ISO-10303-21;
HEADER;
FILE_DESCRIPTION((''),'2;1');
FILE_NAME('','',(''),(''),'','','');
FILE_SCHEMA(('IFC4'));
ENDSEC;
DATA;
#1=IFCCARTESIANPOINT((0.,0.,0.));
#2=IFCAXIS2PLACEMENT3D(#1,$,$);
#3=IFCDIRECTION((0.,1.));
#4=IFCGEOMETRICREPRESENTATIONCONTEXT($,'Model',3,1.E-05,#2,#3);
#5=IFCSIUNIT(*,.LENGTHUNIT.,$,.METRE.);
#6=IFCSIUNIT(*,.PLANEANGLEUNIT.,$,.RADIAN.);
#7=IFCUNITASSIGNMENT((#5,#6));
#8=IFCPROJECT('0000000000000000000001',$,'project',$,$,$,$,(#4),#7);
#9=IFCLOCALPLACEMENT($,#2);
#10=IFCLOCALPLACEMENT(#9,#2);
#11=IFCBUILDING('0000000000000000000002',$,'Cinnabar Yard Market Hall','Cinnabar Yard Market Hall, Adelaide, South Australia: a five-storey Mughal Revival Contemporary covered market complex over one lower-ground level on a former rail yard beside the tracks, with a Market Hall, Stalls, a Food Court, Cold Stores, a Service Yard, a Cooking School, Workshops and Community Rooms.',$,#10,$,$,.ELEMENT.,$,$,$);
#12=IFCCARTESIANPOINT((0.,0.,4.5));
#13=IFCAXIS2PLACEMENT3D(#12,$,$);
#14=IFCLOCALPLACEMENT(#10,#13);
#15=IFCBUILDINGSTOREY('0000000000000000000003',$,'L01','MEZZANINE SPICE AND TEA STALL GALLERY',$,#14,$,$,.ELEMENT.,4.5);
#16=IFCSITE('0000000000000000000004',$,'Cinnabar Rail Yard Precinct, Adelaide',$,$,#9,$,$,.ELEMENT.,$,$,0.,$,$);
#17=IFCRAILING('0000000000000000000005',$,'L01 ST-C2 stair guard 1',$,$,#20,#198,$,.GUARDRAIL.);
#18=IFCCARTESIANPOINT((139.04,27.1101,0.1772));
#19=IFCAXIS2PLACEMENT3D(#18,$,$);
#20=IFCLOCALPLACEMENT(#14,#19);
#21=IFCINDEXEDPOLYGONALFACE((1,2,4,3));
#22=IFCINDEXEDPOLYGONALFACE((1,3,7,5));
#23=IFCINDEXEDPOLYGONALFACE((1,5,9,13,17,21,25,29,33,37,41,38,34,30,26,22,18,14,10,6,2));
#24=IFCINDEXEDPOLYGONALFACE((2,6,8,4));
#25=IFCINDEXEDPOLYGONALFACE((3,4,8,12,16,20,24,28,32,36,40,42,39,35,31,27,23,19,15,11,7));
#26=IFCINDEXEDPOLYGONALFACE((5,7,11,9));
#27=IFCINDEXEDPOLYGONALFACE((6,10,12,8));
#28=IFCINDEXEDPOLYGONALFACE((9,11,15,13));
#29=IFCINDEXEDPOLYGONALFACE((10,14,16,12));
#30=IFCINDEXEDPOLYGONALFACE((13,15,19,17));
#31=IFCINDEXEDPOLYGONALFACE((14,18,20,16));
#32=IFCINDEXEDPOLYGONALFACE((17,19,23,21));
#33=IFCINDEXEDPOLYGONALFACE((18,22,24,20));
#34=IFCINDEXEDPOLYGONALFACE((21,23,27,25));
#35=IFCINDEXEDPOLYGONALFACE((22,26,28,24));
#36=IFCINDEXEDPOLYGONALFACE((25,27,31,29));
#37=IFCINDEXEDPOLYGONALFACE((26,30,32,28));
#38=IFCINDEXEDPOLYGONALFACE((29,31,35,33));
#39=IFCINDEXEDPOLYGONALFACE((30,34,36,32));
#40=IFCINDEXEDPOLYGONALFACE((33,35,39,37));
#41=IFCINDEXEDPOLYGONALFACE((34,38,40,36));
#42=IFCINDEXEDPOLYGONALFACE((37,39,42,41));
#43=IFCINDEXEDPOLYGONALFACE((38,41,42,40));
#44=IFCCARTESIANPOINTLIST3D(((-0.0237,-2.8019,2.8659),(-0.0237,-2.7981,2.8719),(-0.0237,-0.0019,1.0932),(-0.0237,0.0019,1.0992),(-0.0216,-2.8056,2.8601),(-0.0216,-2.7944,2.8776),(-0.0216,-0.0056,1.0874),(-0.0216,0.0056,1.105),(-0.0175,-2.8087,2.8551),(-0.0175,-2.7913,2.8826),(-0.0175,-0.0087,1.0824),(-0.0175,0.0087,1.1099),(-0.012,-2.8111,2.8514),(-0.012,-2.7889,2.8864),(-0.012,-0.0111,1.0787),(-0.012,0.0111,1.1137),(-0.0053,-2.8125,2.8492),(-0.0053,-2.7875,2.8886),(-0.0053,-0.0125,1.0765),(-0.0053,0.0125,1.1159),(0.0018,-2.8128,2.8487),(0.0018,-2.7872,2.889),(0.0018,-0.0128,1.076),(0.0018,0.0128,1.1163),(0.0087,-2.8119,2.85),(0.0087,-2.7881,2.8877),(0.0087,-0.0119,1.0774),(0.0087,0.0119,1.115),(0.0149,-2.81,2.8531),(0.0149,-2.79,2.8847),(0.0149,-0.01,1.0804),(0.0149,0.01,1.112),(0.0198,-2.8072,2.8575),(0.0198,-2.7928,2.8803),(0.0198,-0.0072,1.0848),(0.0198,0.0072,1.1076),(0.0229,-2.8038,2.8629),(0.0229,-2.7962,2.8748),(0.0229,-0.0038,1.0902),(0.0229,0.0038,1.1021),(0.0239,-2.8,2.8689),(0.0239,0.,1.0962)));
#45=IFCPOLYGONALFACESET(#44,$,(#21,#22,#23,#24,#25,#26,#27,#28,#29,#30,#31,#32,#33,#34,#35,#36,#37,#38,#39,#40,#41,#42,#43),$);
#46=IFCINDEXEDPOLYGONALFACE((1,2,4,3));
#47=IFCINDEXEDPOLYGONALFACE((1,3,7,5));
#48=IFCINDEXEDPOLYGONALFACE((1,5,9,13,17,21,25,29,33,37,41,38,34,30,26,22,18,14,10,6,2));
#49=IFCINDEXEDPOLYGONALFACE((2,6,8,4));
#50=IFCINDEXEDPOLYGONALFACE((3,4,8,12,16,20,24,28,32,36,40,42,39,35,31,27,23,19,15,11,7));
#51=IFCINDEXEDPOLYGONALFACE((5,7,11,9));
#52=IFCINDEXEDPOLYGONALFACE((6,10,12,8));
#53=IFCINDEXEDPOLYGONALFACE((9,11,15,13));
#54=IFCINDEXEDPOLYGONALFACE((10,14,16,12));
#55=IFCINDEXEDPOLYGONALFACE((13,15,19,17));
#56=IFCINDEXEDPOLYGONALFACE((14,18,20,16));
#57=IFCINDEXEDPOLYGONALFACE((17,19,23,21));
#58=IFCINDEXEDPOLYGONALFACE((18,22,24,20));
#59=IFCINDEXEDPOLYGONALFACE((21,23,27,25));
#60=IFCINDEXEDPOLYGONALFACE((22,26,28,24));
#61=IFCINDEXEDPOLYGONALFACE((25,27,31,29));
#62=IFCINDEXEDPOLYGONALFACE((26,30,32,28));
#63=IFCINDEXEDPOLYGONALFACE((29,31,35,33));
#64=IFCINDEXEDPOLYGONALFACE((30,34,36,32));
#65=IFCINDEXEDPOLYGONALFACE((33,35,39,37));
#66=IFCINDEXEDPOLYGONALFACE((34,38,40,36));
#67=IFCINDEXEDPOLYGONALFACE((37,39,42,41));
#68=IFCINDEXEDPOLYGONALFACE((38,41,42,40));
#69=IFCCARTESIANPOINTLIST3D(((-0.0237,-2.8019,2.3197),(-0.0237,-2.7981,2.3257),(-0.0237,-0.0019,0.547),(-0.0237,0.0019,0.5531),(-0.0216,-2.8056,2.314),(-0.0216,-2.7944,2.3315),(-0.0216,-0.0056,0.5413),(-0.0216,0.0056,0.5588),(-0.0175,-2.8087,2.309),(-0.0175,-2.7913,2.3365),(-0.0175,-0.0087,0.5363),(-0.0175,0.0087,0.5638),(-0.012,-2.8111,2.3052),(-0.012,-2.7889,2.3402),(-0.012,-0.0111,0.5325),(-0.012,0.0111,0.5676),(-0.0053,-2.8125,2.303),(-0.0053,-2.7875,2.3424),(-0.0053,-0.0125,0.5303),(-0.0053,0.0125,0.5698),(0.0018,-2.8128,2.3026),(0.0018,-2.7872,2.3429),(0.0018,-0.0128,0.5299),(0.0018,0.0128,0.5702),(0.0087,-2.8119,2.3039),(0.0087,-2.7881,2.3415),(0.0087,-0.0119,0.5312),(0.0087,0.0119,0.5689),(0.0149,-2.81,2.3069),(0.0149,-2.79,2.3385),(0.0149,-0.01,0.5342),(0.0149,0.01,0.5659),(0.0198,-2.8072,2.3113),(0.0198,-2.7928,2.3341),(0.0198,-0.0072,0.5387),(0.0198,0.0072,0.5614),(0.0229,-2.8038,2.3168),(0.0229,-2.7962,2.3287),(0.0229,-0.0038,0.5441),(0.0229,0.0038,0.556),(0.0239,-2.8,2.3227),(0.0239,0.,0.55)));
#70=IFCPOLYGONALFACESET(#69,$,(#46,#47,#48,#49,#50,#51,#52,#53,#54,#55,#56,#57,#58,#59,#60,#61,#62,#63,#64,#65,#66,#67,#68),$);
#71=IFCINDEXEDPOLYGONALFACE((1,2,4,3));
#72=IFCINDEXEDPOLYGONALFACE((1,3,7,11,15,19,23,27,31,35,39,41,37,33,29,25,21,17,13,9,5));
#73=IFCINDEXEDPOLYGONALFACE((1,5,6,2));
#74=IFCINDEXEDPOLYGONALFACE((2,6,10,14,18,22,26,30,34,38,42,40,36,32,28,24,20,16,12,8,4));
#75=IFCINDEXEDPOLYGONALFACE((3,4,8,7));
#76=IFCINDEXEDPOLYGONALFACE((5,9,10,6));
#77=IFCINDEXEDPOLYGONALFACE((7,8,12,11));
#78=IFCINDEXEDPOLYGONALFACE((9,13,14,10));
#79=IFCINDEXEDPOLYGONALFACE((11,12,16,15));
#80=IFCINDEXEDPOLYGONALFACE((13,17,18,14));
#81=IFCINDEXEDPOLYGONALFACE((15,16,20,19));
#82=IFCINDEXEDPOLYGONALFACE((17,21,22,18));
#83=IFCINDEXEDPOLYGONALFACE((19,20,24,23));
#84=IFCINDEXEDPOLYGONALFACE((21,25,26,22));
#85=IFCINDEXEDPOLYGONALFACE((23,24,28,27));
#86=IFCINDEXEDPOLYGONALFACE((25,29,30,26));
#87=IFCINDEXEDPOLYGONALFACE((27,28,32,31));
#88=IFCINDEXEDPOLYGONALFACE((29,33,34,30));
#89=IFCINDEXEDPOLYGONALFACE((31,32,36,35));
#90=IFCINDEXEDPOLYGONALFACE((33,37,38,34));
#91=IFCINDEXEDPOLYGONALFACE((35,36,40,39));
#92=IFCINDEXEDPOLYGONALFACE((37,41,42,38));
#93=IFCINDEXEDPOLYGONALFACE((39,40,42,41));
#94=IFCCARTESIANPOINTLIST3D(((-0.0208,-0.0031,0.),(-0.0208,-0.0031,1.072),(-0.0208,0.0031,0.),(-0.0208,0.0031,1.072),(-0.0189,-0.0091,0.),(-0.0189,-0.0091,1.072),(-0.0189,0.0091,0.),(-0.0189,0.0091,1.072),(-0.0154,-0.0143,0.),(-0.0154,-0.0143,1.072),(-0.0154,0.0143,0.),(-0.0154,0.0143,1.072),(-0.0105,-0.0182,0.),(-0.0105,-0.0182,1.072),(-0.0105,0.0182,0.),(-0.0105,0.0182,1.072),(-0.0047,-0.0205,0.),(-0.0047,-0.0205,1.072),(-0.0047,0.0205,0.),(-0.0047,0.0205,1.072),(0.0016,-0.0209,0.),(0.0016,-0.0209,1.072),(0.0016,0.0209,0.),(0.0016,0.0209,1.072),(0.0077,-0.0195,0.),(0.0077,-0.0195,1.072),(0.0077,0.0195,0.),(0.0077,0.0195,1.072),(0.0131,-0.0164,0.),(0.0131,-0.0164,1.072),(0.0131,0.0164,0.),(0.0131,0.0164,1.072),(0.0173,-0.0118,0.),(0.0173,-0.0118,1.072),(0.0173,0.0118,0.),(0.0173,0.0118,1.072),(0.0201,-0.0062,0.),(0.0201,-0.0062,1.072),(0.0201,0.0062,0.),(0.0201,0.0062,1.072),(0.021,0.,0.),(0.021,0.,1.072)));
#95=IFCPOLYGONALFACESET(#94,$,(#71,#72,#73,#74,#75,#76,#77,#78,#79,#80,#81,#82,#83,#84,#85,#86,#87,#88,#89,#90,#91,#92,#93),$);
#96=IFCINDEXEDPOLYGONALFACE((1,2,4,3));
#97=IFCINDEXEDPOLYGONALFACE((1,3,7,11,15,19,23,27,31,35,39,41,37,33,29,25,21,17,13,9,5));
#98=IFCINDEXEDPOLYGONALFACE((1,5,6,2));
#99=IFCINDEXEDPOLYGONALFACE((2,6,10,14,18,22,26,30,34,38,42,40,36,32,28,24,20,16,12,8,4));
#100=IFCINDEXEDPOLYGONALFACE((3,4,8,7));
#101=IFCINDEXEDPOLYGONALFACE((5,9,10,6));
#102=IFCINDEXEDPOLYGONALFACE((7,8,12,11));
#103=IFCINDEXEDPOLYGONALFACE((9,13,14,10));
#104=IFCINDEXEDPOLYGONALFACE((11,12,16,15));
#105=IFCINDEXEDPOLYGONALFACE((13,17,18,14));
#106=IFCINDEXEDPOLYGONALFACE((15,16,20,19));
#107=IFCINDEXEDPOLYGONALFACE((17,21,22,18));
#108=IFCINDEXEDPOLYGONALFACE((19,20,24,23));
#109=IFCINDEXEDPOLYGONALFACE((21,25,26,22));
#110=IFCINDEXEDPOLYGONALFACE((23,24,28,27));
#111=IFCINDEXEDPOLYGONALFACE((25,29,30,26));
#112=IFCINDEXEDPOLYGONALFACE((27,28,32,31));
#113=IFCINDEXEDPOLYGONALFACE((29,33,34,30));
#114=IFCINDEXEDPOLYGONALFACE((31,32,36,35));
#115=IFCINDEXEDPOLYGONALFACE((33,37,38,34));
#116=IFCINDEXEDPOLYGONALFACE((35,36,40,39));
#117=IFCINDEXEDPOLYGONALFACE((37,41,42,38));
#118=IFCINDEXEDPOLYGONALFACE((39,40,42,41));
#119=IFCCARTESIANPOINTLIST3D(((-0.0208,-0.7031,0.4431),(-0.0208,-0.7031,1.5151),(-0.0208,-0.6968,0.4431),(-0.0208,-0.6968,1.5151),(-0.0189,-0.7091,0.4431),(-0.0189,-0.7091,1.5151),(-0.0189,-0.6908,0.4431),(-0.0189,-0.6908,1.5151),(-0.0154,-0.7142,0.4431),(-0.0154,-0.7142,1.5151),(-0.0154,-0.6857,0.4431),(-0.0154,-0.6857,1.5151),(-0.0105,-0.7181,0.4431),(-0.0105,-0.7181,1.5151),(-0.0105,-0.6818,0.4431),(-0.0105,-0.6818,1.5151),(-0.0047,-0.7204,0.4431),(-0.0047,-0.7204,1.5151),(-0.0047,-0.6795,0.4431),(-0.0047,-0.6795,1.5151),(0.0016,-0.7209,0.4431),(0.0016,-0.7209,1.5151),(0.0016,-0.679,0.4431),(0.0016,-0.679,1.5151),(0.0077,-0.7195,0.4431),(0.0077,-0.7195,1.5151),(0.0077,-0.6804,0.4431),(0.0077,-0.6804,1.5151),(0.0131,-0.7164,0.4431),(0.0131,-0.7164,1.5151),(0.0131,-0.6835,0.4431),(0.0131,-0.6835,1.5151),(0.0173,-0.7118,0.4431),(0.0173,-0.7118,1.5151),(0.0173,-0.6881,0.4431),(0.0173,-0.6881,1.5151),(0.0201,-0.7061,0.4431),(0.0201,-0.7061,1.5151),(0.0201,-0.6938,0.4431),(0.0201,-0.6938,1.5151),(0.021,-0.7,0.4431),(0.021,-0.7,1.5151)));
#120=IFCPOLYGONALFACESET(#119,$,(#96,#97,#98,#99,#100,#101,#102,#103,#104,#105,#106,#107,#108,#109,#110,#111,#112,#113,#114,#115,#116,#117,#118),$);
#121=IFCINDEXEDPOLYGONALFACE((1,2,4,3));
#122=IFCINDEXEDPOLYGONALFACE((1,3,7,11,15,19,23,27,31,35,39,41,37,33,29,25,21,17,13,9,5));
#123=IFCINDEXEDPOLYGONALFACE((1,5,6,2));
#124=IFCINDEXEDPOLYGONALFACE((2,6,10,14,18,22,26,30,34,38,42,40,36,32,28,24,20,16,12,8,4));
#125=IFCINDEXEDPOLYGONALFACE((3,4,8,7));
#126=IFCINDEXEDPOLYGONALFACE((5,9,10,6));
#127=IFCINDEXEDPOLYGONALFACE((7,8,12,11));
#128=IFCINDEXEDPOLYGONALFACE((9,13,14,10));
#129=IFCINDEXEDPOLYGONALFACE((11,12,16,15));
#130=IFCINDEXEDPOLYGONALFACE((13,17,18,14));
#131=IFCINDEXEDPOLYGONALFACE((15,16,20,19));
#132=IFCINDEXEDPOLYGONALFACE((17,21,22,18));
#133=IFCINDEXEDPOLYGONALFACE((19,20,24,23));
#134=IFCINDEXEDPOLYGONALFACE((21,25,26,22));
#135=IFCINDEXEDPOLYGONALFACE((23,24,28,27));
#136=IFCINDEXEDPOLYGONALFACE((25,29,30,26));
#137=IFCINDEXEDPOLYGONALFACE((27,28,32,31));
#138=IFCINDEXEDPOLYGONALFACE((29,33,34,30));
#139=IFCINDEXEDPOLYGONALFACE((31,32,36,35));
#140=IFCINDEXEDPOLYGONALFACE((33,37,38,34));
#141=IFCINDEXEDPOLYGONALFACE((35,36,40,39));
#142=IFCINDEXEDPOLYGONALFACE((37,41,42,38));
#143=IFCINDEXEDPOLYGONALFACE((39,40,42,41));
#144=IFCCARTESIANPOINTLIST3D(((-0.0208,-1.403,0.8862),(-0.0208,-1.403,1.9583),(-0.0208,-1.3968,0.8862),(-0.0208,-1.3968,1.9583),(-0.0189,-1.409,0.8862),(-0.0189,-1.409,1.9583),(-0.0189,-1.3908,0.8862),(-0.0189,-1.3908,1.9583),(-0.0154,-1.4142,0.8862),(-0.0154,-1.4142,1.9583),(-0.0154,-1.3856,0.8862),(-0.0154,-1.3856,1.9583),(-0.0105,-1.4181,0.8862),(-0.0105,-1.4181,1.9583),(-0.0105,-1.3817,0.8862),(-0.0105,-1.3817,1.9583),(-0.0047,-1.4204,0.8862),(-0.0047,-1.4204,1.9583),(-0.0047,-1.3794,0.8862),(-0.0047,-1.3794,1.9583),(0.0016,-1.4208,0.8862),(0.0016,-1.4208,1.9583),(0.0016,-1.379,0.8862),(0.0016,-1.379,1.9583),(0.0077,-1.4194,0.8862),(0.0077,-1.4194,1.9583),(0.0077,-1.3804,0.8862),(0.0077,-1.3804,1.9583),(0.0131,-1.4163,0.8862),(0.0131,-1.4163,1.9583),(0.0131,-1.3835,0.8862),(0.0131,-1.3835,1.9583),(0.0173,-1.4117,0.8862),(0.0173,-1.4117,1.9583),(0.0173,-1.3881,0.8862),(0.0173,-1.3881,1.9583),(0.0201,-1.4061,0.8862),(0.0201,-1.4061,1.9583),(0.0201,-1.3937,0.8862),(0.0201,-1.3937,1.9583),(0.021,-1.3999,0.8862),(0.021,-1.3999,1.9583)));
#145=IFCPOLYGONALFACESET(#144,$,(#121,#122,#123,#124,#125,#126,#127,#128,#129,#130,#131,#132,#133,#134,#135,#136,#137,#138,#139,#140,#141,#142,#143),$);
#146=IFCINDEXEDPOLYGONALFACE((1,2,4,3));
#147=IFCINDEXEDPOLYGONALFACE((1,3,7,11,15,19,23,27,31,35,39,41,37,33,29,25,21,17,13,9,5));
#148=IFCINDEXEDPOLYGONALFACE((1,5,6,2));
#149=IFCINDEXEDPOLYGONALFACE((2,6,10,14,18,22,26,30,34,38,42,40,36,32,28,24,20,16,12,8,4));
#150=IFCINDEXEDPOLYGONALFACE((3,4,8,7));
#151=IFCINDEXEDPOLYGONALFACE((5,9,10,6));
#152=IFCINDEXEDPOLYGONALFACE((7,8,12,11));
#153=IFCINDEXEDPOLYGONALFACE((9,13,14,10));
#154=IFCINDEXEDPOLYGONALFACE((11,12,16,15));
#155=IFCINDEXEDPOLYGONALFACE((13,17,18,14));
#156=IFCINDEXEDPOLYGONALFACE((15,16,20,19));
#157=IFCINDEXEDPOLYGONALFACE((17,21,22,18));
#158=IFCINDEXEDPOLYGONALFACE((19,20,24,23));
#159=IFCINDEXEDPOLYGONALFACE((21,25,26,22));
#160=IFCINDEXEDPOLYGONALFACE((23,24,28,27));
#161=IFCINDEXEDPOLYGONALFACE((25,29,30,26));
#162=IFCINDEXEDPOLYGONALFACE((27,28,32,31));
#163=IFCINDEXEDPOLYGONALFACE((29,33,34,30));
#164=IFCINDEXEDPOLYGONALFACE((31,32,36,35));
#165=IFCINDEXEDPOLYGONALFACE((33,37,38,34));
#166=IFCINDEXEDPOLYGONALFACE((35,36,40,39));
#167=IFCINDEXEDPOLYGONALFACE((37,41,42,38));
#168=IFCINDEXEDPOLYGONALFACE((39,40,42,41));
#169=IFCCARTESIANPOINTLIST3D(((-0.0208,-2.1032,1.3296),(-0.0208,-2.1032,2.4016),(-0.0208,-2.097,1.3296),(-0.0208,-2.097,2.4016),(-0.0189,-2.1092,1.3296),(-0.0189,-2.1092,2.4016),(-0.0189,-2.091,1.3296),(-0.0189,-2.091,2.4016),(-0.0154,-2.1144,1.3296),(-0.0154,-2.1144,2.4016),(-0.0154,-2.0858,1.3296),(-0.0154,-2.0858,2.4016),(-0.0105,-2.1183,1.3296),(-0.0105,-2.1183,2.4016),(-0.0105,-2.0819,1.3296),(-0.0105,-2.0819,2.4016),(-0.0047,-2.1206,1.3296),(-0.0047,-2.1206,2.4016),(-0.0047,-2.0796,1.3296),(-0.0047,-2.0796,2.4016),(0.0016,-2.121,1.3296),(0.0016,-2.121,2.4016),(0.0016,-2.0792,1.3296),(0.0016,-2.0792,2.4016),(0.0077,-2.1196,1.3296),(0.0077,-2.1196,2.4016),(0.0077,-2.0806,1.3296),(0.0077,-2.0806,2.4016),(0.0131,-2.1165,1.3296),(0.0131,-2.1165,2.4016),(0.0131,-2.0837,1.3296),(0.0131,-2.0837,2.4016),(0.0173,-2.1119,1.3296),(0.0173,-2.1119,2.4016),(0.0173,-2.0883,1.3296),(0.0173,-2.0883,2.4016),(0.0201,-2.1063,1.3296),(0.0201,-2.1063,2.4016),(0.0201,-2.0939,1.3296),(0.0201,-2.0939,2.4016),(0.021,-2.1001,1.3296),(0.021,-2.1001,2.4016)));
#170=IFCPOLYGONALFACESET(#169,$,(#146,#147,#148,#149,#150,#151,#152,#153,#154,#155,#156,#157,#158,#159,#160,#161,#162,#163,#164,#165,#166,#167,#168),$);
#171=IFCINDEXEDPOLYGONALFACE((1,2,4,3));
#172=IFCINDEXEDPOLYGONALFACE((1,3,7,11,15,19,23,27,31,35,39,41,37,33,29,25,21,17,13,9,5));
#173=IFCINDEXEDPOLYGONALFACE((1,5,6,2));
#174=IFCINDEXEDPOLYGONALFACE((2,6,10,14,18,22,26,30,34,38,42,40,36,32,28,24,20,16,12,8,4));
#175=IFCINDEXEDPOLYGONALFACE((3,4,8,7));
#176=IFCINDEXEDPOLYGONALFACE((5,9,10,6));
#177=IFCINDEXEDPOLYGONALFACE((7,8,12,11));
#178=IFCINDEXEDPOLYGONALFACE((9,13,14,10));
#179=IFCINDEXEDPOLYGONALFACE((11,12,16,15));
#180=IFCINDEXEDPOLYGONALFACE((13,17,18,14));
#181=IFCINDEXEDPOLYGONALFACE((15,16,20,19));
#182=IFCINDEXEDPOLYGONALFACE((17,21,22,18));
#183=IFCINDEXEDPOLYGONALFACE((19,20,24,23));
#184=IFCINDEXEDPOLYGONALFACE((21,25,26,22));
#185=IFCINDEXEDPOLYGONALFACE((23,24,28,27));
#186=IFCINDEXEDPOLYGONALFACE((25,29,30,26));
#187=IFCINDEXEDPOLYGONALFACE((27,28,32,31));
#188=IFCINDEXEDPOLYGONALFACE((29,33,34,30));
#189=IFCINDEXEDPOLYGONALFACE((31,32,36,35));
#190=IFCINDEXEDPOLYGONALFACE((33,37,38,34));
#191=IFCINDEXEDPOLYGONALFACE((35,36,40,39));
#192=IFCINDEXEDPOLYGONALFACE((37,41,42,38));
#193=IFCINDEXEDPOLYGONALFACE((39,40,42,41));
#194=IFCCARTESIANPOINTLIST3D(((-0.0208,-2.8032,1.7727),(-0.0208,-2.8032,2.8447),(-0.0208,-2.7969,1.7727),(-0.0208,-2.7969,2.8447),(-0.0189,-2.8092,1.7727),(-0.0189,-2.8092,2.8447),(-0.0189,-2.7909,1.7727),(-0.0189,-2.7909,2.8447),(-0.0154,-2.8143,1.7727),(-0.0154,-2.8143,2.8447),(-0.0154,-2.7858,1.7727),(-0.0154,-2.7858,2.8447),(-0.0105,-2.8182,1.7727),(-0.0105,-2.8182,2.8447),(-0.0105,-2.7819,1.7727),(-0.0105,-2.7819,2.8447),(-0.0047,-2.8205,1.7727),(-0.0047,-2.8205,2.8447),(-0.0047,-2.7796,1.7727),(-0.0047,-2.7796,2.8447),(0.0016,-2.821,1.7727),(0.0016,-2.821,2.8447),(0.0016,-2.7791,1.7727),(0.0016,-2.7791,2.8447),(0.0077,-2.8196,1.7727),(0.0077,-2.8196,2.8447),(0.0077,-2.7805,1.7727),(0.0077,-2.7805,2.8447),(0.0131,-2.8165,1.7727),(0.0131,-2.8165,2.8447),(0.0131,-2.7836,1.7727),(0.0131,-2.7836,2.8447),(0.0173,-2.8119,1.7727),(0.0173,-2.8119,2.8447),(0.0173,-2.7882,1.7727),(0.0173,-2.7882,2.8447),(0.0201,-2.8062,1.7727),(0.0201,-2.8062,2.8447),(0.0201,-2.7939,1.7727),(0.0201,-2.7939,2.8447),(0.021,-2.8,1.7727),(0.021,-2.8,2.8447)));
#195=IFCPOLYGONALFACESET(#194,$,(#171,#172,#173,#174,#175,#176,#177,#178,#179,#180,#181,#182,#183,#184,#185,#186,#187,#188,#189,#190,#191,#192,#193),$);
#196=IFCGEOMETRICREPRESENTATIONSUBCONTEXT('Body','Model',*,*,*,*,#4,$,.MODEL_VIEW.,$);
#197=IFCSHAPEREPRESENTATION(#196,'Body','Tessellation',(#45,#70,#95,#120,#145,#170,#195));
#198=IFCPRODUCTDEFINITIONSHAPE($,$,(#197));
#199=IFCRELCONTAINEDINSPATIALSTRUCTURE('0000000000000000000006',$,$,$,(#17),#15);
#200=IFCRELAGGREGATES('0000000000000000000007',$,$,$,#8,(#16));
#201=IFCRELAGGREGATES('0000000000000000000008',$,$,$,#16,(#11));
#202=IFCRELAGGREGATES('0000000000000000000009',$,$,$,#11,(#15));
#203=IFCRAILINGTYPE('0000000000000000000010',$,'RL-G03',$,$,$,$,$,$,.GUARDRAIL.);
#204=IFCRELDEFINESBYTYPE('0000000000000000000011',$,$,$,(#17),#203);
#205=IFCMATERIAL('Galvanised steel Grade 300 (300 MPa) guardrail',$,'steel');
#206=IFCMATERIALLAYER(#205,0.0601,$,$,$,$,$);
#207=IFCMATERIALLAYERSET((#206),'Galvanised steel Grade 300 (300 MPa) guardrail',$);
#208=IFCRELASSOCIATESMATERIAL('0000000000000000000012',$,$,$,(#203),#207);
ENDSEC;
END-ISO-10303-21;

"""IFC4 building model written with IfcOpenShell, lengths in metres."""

from ifc_helpers import new_model, si_unit, direction, frame, origin, origin_2d_with_axis, place, context, subcontext, project, spatial, circle, extrude, material, layer, layer_set, type_object, element, save


model = new_model("IFC4")

# Units and contexts
model_context = context("Model", 3, precision=1e-05, world=origin(), true_north=direction((0.0, 1.0)))
body_context = subcontext(model_context, "Body", "Model", "MODEL_VIEW")
ifc_project = project(units=[si_unit("LENGTHUNIT", "METRE"), si_unit("PLANEANGLEUNIT", "RADIAN")], contexts=[model_context])

# Site, building, storey
site_placement = place(None, origin())
site = spatial("IfcSite", under=ifc_project, at=site_placement, Name="Cinnabar Rail Yard Precinct, Adelaide", CompositionType="ELEMENT", RefElevation=0.0)
building_placement = place(site_placement, origin())
building = spatial("IfcBuilding", under=site, at=building_placement, Name="Cinnabar Yard Market Hall", Description="Cinnabar Yard Market Hall, Adelaide, South Australia: a five-storey Mughal Revival Contemporary covered market complex over one lower-ground level on a former rail yard beside the tracks, with a Market Hall, Stalls, a Food Court, Cold Stores, a Service Yard, a Cooking School, Workshops and Community Rooms.", CompositionType="ELEMENT")
storey_placement = place(building_placement, frame((0.0, 0.0, 4.5)))
storey = spatial("IfcBuildingStorey", under=building, at=storey_placement, Name="L01", Description="MEZZANINE SPICE AND TEA STALL GALLERY", CompositionType="ELEMENT", Elevation=4.5)

# Railing
ifc_material_1 = material(Name="Galvanised steel Grade 300 (300 MPa) guardrail", Category="steel")
ifc_layer_1 = layer(ifc_material_1, 0.0601)
ifc_layer_set_1 = layer_set([ifc_layer_1], Name="Galvanised steel Grade 300 (300 MPa) guardrail")
railing_type_1 = type_object("IfcRailingType", Name="RL-G03", PredefinedType="GUARDRAIL", material=ifc_layer_set_1)
railing_1_placement = place(storey_placement, frame((139.04, 27.1101, 0.1772)))
element("IfcRailing", 1, at=railing_1_placement, inside=storey, type_object=railing_type_1, Name="L01 ST-C2 stair guard 1", PredefinedType="GUARDRAIL", context=body_context, shape_type="SweptSolid", body=[
    extrude(circle(Radius=0.0239, at=origin_2d_with_axis()), frame((0.0, 0.0, 1.0962), z_axis=(0.0, -0.844909, 0.53491), x_axis=(1.0, 0.0, 0.0)), (0.0, 0.0, 1.0), 3.314),
    extrude(circle(Radius=0.0239, at=origin_2d_with_axis()), frame((0.0, 0.0, 0.55), z_axis=(0.0, -0.844909, 0.53491), x_axis=(1.0, 0.0, 0.0)), (0.0, 0.0, 1.0), 3.314),
    extrude(circle(Radius=0.021, at=origin_2d_with_axis()), origin(), (0.0, 0.0, 1.0), 1.072),
    extrude(circle(Radius=0.021, at=origin_2d_with_axis()), frame((0.0, -0.7, 0.4431)), (0.0, 0.0, 1.0), 1.072),
    extrude(circle(Radius=0.021, at=origin_2d_with_axis()), frame((0.0, -1.3999, 0.8862)), (0.0, 0.0, 1.0), 1.072),
    extrude(circle(Radius=0.021, at=origin_2d_with_axis()), frame((0.0, -2.1001, 1.3296)), (0.0, 0.0, 1.0), 1.072),
    extrude(circle(Radius=0.021, at=origin_2d_with_axis()), frame((0.0, -2.8, 1.7727)), (0.0, 0.0, 1.0), 1.072),
])

save(model, "model.ifc")
